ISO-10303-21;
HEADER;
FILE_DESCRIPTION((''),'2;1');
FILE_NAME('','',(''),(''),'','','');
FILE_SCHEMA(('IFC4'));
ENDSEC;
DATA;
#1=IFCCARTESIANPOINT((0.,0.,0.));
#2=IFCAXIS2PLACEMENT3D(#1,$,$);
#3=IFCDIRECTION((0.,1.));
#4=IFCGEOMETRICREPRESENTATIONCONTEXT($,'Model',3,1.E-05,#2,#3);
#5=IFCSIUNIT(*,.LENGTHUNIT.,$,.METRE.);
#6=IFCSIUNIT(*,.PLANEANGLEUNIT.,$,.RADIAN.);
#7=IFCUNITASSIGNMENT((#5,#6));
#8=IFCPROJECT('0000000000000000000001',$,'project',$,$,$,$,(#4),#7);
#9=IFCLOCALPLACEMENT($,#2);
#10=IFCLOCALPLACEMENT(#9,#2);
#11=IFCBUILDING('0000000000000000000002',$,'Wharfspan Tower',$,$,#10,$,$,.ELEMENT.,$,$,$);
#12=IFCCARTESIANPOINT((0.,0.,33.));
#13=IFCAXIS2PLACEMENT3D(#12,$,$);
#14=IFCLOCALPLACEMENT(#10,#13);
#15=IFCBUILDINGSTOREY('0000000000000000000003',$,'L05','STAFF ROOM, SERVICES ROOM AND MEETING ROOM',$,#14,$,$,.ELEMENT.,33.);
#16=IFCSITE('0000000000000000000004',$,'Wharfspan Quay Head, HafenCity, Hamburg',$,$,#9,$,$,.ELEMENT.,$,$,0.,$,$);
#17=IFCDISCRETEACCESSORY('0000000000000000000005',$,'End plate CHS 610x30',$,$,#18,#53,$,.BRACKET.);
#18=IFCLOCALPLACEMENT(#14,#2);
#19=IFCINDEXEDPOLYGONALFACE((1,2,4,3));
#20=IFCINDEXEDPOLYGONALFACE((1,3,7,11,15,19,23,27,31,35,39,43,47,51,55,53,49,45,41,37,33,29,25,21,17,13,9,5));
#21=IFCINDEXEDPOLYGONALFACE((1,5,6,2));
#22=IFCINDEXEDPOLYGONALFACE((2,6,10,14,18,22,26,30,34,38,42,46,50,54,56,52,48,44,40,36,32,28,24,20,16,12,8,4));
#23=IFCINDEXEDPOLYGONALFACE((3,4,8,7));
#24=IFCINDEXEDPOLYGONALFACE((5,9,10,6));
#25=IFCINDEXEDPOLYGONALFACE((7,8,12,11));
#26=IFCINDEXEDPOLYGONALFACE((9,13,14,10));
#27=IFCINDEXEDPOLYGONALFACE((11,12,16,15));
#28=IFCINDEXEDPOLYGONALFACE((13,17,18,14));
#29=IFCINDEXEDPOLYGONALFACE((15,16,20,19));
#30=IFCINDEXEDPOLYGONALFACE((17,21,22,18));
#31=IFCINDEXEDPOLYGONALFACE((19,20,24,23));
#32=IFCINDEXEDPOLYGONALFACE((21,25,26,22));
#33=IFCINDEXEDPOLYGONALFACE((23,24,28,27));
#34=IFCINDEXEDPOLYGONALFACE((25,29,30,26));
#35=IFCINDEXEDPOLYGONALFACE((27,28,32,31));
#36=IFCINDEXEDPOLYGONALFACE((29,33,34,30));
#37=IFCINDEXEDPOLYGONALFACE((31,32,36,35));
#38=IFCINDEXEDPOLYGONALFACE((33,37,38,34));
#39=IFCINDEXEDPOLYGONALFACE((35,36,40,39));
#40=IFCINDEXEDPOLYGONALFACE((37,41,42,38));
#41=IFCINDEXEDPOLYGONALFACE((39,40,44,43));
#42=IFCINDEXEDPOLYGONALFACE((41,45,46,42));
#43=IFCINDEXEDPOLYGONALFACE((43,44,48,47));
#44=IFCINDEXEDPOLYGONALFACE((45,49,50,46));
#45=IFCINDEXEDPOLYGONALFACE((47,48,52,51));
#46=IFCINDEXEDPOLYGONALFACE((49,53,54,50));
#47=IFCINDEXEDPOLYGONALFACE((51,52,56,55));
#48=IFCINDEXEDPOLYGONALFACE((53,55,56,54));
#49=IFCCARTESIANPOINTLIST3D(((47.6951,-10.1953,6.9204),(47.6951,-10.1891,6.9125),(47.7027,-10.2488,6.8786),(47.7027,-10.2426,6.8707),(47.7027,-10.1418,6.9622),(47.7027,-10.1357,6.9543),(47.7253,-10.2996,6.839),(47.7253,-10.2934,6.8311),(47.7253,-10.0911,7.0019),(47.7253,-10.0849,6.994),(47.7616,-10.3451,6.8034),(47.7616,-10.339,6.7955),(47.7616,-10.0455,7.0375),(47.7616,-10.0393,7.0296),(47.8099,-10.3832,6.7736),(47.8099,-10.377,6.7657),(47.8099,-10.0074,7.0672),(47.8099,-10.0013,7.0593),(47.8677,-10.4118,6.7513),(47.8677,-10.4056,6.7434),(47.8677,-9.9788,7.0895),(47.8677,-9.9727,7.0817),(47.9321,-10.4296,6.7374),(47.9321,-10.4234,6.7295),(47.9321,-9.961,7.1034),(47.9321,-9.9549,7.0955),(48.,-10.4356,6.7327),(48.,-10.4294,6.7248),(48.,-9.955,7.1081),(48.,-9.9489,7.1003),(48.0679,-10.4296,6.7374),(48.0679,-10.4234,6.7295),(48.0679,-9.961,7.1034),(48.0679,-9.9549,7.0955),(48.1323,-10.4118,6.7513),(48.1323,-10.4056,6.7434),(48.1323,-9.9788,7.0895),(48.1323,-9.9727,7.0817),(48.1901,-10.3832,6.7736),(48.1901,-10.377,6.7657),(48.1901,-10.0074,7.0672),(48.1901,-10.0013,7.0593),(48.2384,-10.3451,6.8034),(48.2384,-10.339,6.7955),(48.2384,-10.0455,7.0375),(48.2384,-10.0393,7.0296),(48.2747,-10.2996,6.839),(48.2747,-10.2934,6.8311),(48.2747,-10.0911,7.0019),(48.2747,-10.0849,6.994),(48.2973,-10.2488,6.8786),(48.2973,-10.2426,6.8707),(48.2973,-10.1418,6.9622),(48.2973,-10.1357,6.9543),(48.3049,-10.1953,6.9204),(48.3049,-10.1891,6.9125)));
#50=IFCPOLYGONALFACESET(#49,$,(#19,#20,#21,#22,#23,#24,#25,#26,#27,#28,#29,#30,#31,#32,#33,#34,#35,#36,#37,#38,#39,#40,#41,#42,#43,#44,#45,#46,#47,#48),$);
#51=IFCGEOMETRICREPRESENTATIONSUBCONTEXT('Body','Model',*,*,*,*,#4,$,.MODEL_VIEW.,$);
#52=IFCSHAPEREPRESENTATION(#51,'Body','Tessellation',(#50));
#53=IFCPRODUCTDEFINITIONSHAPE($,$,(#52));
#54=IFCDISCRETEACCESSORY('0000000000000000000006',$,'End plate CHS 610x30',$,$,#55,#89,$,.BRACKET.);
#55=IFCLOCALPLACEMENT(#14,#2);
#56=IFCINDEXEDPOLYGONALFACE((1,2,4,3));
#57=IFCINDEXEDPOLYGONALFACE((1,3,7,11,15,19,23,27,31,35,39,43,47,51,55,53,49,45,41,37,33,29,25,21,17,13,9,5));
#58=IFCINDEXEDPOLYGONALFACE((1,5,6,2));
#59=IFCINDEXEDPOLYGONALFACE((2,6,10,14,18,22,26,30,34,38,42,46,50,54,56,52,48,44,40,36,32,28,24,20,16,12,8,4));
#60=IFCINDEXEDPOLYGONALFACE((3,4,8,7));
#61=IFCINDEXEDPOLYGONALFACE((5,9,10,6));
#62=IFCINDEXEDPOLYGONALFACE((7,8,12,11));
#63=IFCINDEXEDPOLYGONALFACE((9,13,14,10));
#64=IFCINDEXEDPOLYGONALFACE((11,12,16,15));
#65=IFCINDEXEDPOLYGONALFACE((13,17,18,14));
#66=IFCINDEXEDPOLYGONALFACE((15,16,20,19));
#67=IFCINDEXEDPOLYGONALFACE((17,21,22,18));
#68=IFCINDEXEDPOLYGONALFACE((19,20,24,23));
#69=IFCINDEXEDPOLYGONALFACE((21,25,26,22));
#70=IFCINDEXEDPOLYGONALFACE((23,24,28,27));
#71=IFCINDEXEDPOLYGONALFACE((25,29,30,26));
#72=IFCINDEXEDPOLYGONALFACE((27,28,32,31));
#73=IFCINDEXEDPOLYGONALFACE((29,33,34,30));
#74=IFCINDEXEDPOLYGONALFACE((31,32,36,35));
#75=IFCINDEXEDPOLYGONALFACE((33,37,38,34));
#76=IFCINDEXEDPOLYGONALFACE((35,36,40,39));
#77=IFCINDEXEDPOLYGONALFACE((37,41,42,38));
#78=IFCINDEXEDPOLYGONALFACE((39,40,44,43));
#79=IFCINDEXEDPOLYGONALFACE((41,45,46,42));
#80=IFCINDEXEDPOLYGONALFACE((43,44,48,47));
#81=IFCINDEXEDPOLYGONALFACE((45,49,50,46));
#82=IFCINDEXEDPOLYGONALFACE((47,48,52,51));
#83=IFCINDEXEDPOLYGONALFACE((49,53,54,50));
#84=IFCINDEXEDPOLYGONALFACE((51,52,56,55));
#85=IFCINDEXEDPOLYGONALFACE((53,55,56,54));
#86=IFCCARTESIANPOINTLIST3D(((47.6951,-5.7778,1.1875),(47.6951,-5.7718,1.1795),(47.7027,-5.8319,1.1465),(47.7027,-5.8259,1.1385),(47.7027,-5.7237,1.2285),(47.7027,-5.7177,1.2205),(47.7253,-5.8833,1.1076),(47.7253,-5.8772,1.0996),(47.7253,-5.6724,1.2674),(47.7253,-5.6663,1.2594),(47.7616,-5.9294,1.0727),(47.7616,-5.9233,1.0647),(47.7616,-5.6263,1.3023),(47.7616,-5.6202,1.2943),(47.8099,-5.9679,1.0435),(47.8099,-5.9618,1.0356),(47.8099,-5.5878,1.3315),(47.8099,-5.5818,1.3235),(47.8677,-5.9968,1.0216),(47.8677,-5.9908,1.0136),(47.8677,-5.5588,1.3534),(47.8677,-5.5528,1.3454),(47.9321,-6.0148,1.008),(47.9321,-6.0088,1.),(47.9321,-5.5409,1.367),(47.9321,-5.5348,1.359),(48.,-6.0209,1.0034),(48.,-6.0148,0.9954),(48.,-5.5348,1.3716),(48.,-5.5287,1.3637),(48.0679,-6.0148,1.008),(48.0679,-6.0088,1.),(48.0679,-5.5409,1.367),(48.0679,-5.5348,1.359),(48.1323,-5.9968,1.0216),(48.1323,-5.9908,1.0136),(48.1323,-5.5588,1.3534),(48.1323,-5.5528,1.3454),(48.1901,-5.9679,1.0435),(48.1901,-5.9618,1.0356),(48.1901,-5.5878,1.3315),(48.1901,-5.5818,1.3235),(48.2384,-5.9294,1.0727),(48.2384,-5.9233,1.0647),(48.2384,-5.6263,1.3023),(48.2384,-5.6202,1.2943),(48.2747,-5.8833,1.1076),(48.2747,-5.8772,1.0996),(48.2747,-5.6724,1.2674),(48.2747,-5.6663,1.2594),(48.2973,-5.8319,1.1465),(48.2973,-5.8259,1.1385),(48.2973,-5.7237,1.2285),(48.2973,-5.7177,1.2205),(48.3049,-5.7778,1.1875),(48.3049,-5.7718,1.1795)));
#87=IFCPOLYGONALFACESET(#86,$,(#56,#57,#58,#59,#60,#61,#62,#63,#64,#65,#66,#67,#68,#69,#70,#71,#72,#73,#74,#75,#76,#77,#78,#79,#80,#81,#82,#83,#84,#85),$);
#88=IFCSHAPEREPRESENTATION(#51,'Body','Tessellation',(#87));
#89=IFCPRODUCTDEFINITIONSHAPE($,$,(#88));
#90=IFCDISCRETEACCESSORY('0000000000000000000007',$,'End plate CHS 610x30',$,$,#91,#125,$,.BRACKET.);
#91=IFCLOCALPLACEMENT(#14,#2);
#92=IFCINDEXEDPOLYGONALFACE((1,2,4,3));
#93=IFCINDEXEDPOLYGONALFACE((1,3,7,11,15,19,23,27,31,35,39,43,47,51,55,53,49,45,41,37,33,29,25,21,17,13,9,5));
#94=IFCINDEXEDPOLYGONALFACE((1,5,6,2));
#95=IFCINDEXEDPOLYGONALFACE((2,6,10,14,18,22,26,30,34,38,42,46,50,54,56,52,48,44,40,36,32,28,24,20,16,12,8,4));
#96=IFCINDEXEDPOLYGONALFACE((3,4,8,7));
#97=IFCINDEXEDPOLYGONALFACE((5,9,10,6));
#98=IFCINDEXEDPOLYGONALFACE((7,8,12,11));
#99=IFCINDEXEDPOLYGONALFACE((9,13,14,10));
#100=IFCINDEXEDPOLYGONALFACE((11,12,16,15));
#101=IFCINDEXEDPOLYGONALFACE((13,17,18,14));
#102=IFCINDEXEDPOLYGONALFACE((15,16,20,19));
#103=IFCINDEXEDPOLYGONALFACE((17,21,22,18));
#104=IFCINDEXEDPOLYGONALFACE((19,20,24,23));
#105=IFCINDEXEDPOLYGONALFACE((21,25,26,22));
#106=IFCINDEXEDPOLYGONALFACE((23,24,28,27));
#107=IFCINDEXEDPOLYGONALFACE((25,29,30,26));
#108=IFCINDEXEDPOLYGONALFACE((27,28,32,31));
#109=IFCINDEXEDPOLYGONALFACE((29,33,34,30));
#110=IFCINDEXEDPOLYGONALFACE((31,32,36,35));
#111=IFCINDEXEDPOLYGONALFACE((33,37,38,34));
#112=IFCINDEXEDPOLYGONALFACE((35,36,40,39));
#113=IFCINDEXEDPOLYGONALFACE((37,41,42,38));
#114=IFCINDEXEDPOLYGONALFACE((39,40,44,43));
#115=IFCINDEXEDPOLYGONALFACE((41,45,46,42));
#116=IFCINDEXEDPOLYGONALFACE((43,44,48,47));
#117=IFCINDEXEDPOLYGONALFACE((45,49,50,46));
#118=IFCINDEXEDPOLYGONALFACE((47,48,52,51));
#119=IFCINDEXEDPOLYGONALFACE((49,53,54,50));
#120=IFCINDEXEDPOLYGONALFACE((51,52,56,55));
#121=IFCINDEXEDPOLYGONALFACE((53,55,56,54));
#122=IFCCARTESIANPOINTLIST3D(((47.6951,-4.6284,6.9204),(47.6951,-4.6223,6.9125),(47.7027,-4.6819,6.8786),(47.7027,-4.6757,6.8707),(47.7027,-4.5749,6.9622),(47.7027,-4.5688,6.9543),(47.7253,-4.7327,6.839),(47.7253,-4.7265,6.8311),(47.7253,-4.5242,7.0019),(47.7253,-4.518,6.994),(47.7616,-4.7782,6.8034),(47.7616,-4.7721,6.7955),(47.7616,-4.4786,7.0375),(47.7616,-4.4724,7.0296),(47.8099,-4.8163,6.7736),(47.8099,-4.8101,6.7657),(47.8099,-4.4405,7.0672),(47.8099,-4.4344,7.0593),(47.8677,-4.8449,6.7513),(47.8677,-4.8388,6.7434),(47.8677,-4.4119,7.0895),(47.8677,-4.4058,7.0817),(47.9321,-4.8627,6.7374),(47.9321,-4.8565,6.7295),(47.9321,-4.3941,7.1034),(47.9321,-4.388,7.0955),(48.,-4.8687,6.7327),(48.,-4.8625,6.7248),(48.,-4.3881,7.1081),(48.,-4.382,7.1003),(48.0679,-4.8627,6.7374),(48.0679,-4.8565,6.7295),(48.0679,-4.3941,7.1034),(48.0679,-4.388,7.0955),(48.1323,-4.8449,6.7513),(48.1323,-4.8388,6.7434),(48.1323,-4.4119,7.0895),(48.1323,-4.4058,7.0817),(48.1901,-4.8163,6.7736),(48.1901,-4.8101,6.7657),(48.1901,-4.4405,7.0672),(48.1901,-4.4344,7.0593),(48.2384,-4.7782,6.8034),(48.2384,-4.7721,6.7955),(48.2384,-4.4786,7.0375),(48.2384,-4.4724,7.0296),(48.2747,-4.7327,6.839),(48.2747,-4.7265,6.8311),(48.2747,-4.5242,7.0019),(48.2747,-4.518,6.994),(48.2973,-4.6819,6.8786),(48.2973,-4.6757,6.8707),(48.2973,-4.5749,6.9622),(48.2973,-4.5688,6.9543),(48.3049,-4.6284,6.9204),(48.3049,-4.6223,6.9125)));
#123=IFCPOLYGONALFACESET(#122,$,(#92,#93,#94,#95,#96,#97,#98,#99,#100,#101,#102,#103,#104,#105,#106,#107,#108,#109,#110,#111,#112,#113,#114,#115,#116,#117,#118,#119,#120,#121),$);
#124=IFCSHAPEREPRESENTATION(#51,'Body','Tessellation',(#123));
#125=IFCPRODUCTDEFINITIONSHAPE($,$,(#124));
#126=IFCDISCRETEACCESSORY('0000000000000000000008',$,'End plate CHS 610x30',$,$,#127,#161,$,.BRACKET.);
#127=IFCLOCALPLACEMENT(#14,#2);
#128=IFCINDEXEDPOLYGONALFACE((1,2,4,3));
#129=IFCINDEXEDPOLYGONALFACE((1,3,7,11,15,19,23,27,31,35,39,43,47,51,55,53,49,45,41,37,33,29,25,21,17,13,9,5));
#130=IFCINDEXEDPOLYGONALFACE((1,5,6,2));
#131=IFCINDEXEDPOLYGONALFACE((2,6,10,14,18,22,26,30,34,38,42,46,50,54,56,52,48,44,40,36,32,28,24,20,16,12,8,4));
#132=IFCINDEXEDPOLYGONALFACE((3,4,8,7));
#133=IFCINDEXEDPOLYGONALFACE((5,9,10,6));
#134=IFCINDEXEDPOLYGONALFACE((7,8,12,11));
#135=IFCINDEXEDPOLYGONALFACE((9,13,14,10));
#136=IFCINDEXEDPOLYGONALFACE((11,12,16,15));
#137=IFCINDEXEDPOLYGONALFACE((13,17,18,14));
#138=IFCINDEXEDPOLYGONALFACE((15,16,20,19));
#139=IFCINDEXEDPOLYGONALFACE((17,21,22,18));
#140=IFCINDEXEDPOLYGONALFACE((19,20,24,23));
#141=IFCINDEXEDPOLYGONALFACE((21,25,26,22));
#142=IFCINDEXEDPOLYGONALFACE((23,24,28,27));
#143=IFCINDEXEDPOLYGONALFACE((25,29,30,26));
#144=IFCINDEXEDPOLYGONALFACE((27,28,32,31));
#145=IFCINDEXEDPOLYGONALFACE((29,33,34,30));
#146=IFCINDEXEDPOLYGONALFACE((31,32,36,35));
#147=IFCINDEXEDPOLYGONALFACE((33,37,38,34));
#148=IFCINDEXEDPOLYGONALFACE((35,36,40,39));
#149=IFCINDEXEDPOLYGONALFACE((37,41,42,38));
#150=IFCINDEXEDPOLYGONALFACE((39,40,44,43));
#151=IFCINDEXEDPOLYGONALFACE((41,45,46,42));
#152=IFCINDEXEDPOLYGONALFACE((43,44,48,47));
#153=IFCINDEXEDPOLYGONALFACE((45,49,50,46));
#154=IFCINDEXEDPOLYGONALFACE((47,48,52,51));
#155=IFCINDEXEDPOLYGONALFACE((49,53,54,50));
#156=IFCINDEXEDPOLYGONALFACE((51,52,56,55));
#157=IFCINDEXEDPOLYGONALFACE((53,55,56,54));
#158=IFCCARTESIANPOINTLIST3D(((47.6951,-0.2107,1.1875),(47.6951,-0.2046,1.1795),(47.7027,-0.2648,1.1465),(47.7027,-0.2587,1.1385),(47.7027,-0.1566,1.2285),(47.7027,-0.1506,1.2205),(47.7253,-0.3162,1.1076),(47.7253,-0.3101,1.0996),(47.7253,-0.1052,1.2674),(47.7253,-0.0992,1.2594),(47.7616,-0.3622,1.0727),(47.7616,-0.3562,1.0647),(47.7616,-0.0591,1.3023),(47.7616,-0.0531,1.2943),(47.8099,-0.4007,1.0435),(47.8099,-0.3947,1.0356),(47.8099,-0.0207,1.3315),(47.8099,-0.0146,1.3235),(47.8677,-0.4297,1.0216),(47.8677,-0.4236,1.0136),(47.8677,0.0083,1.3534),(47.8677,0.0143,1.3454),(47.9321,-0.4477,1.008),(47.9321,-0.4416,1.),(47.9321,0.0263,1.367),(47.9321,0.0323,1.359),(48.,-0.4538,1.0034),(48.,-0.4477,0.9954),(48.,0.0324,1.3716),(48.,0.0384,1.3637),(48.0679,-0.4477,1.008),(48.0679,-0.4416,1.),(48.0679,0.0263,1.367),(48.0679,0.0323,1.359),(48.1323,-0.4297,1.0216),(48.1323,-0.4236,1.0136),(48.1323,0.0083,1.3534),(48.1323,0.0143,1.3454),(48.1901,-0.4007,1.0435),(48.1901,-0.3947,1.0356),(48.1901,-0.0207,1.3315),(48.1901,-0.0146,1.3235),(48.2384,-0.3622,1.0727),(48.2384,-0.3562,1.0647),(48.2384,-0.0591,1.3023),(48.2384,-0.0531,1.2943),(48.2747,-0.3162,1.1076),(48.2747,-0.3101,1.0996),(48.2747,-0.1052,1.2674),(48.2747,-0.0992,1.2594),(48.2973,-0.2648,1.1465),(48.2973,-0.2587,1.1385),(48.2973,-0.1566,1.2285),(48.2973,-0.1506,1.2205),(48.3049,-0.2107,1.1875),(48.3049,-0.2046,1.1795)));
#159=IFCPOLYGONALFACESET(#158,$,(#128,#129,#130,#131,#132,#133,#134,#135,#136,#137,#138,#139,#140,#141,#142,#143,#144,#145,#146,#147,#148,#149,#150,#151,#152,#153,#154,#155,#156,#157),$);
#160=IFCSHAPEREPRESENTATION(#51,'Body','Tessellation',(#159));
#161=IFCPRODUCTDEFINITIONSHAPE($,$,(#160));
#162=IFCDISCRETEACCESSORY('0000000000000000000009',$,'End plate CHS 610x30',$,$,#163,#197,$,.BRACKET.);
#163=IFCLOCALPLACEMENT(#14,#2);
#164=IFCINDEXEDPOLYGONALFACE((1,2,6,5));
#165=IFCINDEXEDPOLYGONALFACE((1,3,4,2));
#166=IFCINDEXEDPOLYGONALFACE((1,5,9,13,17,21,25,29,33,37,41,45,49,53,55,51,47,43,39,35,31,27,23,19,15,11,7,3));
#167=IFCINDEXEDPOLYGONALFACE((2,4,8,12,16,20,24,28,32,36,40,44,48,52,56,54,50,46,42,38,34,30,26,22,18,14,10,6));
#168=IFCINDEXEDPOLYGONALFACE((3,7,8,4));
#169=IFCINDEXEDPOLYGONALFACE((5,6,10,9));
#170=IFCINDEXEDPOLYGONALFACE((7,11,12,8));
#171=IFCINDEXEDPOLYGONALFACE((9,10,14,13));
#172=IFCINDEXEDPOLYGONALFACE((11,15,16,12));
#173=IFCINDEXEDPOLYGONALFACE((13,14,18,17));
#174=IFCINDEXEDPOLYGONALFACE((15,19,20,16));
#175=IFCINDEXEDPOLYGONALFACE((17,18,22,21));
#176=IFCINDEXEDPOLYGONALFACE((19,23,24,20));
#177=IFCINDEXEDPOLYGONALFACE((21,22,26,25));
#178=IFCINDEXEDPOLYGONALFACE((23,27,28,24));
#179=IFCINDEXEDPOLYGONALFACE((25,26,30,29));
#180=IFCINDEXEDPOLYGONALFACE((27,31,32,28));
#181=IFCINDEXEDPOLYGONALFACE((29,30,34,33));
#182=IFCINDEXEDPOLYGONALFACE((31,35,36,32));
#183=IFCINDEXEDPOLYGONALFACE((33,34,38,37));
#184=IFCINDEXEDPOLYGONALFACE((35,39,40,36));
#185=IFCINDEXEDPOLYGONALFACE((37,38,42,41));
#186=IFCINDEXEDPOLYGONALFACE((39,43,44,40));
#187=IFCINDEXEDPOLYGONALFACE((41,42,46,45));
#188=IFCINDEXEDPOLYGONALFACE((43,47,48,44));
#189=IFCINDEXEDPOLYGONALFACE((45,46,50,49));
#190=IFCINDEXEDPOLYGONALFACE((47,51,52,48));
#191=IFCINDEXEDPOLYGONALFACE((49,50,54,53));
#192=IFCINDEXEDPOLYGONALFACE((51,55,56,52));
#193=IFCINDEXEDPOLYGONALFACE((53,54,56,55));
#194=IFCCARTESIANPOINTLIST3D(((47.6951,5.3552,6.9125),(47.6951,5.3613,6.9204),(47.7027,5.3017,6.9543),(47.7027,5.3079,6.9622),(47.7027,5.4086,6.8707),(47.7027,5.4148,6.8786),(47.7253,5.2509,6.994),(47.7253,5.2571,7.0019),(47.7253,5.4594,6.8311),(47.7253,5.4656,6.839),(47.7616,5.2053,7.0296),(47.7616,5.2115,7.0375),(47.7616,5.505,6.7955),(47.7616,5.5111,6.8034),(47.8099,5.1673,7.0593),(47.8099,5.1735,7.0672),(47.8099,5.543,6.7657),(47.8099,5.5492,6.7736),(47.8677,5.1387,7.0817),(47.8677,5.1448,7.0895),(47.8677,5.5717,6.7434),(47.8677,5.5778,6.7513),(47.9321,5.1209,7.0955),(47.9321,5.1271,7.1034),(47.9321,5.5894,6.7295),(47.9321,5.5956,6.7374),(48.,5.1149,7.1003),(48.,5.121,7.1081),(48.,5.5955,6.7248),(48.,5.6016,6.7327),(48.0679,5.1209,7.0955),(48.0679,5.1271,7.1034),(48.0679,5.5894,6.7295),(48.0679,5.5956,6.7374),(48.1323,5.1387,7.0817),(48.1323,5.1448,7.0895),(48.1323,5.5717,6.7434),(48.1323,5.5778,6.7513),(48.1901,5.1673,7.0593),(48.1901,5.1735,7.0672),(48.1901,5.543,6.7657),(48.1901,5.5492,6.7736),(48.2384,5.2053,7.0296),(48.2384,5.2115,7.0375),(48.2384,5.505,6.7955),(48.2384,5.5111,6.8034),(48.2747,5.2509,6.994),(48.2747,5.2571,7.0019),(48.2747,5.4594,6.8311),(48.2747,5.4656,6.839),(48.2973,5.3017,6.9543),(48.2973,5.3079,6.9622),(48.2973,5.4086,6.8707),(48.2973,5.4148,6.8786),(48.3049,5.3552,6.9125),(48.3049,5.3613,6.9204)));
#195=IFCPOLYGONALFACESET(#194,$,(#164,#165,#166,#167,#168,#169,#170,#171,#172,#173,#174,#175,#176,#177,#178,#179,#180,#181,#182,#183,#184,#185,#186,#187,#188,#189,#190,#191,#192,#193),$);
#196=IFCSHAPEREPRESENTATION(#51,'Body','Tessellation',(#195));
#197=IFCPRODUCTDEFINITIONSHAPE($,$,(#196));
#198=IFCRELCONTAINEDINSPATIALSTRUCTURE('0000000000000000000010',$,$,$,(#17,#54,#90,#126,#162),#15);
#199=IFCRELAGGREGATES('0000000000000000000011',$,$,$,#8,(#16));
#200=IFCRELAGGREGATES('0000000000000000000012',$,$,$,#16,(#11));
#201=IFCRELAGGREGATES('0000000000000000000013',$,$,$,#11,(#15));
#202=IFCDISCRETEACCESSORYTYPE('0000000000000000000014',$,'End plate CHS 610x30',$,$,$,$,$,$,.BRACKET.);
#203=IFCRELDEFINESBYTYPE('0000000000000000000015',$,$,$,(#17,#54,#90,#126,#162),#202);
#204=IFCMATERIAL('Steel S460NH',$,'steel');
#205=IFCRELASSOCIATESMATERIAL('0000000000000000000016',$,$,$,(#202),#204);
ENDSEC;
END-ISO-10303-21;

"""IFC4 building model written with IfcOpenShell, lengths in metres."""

from ifc_helpers import new_model, si_unit, direction, frame, origin, origin_2d, place, context, subcontext, project, spatial, circle, extrude, material, material_profile, profile_set, type_object, element, save


model = new_model("IFC4")

# Units and contexts
model_context = context("Model", 3, precision=1e-05, world=origin(), true_north=direction((0.0, 1.0)))
body_context = subcontext(model_context, "Body", "Model", "MODEL_VIEW")
ifc_project = project(units=[si_unit("LENGTHUNIT", "METRE"), si_unit("PLANEANGLEUNIT", "RADIAN")], contexts=[model_context])

# Site, building, storey
site_placement = place(None, origin())
site = spatial("IfcSite", under=ifc_project, at=site_placement, Name="Wharfspan Quay Head, HafenCity, Hamburg", CompositionType="ELEMENT", RefElevation=0.0)
building_placement = place(site_placement, origin())
building = spatial("IfcBuilding", under=site, at=building_placement, Name="Wharfspan Tower", CompositionType="ELEMENT")
storey_placement = place(building_placement, frame((0.0, 0.0, 33.0)))
storey = spatial("IfcBuildingStorey", under=building, at=storey_placement, Name="L05", Description="STAFF ROOM, SERVICES ROOM AND MEETING ROOM", CompositionType="ELEMENT", Elevation=33.0)

# Shared definitions
ifc_material_1 = material(Name="Steel S460NH", Category="steel")

# Discrete accessories
ifc_material_profile_1 = material_profile(ifc_material_1, circle(Radius=0.3049, at=origin_2d()))
ifc_profile_set_1 = profile_set([ifc_material_profile_1], Name="Steel S460NH")
discrete_accessory_type_1 = type_object("IfcDiscreteAccessoryType", Name="End plate CHS 610x30", PredefinedType="BRACKET", material=ifc_profile_set_1)
for number, where, z_axis, x_axis, name in (
    (1, (48.0, -10.1953, 6.9204), (0.0, 0.615644, -0.788024), (-1.0, 0.0, 0.0), "End plate CHS 610x30"),
    (2, (48.0, -5.7778, 1.1875), (0.0, 0.603858, -0.797092), (-1.0, 0.0, 0.0), "End plate CHS 610x30"),
    (3, (48.0, -4.6284, 6.9204), (0.0, 0.615644, -0.788024), (-1.0, 0.0, 0.0), "End plate CHS 610x30"),
    (4, (48.0, -0.2107, 1.1875), (0.0, 0.603858, -0.797092), (-1.0, 0.0, 0.0), "End plate CHS 610x30"),
    (5, (48.0, 5.3613, 6.9204), (0.0, -0.615644, -0.788024), (1.0, 0.0, 0.0), "End plate CHS 610x30"),
):
    element("IfcDiscreteAccessory", number, at=place(storey_placement, frame(where, z_axis=z_axis, x_axis=x_axis)), inside=storey, type_object=discrete_accessory_type_1, Name=name, PredefinedType="BRACKET", context=body_context, shape_type="SweptSolid", body=[
        extrude(circle(Radius=0.3049, at=origin_2d()), origin(), (0.0, 0.0, 1.0), 0.01),
    ])

save(model, "model.ifc")
